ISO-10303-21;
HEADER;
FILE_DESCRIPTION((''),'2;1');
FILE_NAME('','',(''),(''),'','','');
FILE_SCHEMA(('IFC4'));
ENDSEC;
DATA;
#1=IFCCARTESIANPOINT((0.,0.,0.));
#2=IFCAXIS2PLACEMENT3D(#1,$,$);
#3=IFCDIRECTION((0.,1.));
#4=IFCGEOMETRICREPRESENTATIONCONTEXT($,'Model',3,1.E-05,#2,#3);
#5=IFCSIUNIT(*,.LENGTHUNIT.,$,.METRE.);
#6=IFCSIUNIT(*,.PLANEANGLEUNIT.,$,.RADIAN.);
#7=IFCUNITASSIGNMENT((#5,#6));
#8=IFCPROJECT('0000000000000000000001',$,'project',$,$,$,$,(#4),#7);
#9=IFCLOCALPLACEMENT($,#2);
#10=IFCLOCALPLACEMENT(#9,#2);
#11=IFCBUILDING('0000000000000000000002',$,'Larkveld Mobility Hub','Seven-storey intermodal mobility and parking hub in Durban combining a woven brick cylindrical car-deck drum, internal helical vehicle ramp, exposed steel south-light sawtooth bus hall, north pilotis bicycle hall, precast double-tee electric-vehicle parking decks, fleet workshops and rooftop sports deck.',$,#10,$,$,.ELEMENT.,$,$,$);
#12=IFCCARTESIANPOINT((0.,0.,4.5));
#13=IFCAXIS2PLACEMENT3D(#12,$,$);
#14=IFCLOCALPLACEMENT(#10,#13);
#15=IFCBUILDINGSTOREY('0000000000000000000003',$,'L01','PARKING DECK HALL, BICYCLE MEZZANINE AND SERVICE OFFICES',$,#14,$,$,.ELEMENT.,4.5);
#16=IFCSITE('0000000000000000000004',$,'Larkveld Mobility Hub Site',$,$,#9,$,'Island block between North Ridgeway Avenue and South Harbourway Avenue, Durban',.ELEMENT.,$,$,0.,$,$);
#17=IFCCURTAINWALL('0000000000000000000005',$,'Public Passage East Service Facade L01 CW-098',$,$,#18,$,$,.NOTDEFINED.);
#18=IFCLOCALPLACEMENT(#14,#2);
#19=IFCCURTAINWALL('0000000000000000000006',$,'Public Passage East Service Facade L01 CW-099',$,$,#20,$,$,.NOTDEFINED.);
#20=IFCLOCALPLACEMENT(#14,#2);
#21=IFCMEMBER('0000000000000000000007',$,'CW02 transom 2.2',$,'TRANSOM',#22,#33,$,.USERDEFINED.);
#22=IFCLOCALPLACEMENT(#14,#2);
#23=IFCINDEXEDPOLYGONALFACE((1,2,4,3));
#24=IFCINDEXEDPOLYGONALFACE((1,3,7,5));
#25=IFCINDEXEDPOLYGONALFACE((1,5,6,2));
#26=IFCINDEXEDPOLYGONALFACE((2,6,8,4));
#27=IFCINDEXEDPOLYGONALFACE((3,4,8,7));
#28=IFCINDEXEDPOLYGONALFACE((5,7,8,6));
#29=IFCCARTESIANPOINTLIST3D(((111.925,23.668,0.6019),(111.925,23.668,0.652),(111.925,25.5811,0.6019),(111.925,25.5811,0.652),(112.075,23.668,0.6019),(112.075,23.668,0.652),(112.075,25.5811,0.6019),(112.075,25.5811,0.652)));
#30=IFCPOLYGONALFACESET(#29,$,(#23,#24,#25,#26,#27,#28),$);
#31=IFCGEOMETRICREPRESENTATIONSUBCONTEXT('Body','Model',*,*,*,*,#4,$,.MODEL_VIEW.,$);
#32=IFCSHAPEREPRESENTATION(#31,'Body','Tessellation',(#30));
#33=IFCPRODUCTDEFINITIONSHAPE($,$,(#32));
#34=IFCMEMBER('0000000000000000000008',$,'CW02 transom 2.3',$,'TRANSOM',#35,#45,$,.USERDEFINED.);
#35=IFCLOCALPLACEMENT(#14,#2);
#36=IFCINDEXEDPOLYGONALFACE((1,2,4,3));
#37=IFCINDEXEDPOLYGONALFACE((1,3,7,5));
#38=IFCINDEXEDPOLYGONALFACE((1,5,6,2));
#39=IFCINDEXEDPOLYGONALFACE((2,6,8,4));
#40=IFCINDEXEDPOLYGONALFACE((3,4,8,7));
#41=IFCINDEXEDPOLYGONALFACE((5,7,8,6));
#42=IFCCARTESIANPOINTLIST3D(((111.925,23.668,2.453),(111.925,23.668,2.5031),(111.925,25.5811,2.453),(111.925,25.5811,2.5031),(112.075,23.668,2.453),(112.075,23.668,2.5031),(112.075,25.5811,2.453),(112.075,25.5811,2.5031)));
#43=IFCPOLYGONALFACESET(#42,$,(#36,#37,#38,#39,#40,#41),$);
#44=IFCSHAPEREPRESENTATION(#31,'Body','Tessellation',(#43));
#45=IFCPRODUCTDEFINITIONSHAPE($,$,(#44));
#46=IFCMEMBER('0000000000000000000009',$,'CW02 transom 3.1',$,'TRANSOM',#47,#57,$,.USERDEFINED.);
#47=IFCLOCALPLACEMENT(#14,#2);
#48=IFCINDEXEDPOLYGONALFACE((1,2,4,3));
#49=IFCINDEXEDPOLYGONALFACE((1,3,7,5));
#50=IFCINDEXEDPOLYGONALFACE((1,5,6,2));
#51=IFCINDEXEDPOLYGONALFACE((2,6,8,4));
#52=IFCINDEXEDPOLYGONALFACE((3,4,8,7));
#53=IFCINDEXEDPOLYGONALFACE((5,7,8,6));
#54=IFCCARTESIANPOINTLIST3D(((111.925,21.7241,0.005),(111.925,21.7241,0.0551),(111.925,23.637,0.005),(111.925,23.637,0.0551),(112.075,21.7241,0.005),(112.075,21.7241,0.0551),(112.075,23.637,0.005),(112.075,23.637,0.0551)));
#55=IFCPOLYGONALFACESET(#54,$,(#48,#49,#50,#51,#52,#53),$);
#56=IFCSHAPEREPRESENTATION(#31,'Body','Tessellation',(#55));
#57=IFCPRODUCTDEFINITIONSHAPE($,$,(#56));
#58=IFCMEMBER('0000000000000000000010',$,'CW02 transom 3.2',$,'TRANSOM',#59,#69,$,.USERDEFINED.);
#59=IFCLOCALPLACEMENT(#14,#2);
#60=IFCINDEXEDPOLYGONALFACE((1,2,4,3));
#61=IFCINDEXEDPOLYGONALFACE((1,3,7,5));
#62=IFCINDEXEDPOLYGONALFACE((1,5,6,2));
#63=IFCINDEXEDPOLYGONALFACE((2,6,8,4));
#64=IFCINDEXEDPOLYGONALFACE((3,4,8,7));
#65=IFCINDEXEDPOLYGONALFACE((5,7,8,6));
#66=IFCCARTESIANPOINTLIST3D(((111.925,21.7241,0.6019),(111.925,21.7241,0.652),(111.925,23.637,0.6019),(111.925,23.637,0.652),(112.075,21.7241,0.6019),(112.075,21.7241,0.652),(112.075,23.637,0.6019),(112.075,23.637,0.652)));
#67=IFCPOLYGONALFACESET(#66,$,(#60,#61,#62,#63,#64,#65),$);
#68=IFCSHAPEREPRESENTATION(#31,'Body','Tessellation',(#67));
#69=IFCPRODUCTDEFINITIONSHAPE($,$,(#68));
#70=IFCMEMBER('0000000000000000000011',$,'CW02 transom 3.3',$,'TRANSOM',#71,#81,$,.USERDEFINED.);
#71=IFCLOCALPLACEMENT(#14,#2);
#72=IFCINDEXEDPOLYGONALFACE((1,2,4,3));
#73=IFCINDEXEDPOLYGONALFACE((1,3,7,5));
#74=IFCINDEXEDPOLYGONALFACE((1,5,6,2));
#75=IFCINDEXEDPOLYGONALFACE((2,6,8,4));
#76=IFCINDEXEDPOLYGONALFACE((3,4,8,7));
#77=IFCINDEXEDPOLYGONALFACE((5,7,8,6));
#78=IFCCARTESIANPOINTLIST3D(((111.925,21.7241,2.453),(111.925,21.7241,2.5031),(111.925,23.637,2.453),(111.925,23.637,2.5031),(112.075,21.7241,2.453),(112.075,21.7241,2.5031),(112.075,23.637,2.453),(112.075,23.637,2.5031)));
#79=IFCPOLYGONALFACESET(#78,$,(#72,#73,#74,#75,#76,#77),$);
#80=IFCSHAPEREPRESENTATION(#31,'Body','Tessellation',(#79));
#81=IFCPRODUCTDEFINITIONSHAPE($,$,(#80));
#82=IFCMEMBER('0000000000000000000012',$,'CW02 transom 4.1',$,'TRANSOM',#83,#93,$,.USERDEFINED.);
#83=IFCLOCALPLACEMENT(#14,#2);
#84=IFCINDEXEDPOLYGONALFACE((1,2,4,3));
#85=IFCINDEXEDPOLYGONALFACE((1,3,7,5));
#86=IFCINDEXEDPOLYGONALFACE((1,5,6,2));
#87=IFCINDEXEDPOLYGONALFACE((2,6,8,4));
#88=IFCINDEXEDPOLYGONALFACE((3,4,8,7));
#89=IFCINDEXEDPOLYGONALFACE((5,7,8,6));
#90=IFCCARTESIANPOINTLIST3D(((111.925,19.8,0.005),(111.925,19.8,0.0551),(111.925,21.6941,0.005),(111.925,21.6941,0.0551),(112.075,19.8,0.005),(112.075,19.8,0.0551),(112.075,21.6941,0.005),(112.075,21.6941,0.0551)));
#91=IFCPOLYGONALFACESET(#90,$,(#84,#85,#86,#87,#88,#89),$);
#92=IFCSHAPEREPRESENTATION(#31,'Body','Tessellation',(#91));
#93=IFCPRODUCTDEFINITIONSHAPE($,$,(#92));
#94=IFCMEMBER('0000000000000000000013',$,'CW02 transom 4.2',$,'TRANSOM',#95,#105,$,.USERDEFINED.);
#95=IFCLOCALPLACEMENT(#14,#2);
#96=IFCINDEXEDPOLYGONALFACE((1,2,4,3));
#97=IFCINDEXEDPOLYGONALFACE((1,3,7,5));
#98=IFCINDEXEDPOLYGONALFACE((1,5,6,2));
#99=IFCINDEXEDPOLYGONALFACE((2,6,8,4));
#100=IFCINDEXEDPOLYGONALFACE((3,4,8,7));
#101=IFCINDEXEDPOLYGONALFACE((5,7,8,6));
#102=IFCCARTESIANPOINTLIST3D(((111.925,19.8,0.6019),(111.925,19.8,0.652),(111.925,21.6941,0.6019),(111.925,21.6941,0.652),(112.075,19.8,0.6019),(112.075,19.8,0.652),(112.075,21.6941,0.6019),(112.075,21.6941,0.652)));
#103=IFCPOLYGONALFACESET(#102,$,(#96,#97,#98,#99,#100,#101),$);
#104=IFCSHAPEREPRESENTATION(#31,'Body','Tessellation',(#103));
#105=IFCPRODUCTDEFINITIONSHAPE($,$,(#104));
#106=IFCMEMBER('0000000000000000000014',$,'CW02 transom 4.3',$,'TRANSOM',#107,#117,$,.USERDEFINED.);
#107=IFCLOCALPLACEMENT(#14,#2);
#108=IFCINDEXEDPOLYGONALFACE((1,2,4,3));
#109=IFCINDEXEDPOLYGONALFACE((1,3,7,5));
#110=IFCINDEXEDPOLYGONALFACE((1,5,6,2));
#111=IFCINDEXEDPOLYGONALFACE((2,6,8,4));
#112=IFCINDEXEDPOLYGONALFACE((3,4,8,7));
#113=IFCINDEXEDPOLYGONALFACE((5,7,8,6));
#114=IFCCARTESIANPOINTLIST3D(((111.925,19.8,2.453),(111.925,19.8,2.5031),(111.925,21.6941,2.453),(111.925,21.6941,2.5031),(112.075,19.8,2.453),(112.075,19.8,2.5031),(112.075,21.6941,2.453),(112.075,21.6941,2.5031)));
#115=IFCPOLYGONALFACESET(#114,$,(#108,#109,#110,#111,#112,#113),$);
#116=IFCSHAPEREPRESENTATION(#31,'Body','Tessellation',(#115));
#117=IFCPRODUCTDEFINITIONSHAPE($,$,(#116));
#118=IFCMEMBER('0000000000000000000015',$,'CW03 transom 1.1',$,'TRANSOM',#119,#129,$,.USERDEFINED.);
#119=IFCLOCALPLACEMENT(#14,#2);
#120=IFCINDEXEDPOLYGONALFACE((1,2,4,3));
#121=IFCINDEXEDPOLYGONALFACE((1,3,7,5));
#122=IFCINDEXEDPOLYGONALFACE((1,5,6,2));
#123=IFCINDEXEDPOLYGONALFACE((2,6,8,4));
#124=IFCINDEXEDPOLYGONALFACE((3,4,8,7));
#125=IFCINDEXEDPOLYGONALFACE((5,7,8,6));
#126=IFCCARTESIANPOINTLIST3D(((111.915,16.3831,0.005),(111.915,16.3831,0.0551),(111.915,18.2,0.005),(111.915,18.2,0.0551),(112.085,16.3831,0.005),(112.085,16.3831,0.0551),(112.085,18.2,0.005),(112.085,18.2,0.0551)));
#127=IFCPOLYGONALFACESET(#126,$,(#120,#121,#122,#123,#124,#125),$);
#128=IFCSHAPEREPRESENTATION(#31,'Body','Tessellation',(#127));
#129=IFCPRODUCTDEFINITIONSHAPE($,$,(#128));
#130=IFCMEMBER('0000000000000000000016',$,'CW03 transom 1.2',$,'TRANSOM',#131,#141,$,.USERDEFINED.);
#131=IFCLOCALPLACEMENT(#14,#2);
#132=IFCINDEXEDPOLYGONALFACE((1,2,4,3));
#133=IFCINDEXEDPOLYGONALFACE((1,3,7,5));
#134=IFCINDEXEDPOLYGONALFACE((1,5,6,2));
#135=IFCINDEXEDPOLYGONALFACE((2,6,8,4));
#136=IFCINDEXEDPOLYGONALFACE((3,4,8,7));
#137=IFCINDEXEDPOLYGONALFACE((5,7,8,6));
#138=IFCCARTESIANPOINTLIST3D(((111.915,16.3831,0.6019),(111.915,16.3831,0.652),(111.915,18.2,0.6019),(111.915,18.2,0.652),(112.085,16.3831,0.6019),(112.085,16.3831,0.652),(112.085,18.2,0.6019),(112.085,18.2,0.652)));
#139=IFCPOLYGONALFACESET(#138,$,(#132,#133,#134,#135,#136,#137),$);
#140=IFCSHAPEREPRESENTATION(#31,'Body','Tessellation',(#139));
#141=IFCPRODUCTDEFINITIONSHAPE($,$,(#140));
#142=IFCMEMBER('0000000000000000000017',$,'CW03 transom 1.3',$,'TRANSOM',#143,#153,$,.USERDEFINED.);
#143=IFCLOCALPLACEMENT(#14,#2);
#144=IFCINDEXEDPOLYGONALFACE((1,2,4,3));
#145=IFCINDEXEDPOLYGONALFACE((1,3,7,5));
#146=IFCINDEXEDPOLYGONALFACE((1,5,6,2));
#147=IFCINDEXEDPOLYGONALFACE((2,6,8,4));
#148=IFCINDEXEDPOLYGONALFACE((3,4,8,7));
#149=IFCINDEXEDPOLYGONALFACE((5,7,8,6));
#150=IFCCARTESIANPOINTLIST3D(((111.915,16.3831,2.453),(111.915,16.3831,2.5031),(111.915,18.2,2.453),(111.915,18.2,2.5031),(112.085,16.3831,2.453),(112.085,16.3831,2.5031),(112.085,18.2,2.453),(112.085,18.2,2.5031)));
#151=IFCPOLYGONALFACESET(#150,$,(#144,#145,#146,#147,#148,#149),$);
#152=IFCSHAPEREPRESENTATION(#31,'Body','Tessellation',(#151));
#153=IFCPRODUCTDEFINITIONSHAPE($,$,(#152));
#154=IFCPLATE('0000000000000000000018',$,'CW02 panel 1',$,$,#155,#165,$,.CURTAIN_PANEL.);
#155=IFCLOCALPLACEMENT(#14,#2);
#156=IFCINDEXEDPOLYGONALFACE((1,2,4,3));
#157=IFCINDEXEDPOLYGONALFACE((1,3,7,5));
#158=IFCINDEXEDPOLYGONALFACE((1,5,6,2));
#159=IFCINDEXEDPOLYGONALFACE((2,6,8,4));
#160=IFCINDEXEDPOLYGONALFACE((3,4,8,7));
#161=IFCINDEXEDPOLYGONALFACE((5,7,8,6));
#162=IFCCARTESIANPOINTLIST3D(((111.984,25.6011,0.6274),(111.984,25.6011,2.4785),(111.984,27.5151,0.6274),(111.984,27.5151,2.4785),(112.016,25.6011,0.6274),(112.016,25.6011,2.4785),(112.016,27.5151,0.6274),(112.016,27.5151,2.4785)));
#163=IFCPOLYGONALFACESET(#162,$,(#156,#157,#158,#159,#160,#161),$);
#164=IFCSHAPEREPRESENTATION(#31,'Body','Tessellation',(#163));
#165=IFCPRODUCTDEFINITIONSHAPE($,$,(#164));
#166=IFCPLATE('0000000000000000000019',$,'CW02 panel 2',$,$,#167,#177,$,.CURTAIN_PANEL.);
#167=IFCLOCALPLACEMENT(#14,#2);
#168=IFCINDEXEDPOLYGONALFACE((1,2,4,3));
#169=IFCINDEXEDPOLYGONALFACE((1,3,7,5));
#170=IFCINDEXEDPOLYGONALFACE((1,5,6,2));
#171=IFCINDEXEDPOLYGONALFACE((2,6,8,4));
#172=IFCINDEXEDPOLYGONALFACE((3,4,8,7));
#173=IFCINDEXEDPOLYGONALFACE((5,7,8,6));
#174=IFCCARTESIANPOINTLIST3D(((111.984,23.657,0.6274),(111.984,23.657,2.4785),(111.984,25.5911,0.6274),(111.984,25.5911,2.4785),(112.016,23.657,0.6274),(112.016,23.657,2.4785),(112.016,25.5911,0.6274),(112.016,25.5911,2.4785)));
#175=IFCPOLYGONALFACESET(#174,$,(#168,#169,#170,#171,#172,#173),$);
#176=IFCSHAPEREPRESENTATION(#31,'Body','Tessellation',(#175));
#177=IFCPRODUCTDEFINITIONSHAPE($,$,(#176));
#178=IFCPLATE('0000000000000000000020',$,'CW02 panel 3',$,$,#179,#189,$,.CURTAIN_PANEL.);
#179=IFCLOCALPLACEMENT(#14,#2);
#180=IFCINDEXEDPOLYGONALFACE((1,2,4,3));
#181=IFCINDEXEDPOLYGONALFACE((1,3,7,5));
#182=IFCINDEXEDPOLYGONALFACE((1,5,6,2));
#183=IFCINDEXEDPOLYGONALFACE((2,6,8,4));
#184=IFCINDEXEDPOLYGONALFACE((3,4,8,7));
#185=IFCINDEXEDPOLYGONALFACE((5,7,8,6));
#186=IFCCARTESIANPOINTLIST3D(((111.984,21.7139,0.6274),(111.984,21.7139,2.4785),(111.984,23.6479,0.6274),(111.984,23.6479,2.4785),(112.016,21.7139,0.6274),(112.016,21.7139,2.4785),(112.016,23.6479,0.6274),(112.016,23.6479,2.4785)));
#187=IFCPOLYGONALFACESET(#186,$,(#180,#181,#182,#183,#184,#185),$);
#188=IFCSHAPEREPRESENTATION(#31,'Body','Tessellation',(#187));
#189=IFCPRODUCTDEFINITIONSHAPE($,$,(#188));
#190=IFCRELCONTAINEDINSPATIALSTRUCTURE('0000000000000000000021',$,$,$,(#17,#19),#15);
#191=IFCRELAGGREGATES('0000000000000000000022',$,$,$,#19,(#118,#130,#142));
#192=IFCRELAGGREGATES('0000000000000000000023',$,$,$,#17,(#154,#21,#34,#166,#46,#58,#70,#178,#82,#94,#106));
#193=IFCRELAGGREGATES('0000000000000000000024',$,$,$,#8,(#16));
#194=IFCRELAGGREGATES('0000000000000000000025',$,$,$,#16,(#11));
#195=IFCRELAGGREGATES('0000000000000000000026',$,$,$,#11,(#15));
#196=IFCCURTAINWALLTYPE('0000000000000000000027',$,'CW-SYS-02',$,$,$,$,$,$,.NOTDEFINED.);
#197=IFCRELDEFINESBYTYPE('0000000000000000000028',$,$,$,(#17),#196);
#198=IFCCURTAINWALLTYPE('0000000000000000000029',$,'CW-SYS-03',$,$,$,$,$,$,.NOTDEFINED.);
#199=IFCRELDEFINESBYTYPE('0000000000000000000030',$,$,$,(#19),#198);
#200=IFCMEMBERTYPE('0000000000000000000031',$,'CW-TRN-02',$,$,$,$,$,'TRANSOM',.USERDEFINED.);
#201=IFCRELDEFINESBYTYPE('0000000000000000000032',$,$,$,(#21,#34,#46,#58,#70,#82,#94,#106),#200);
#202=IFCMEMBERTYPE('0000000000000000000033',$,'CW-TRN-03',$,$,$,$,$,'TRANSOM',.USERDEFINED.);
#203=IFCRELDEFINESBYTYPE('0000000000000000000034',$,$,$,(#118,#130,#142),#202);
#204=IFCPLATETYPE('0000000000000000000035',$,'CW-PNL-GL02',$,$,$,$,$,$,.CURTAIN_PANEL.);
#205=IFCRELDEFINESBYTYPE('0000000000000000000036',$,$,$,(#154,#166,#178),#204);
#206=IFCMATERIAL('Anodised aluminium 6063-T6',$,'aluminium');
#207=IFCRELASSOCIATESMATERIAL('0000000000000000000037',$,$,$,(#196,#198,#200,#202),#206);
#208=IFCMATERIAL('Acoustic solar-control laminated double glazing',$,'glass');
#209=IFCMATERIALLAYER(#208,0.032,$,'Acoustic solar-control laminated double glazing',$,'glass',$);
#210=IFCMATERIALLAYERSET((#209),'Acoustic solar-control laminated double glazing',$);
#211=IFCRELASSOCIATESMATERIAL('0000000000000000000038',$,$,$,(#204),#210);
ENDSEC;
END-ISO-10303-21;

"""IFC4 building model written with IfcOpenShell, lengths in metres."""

from ifc_helpers import new_model, si_unit, direction, frame, origin, origin_2d, place, context, subcontext, project, spatial, rectangle, extrude, material, layer, layer_set, material_profile, profile_set, type_object, element, aggregate, save


model = new_model("IFC4")

# Units and contexts
model_context = context("Model", 3, precision=1e-05, world=origin(), true_north=direction((0.0, 1.0)))
body_context = subcontext(model_context, "Body", "Model", "MODEL_VIEW")
ifc_project = project(units=[si_unit("LENGTHUNIT", "METRE"), si_unit("PLANEANGLEUNIT", "RADIAN")], contexts=[model_context])

# Site, building, storey
site_placement = place(None, origin())
site = spatial("IfcSite", under=ifc_project, at=site_placement, Name="Larkveld Mobility Hub Site", LongName="Island block between North Ridgeway Avenue and South Harbourway Avenue, Durban", CompositionType="ELEMENT", RefElevation=0.0)
building_placement = place(site_placement, origin())
building = spatial("IfcBuilding", under=site, at=building_placement, Name="Larkveld Mobility Hub", Description="Seven-storey intermodal mobility and parking hub in Durban combining a woven brick cylindrical car-deck drum, internal helical vehicle ramp, exposed steel south-light sawtooth bus hall, north pilotis bicycle hall, precast double-tee electric-vehicle parking decks, fleet workshops and rooftop sports deck.", CompositionType="ELEMENT")
storey_placement = place(building_placement, frame((0.0, 0.0, 4.5)))
storey = spatial("IfcBuildingStorey", under=building, at=storey_placement, Name="L01", Description="PARKING DECK HALL, BICYCLE MEZZANINE AND SERVICE OFFICES", CompositionType="ELEMENT", Elevation=4.5)

# Curtain walls
ifc_material_1 = material(Name="Anodised aluminium 6063-T6", Category="aluminium")
curtain_wall_type_1 = type_object("IfcCurtainWallType", Name="CW-SYS-02", PredefinedType="NOTDEFINED", material=ifc_material_1)
curtain_wall_1_placement = place(storey_placement, origin())
curtain_wall_1 = element("IfcCurtainWall", 1, at=curtain_wall_1_placement, inside=storey, type_object=curtain_wall_type_1, Name="Public Passage East Service Facade L01 CW-098", PredefinedType="NOTDEFINED")
curtain_wall_type_2 = type_object("IfcCurtainWallType", Name="CW-SYS-03", PredefinedType="NOTDEFINED", material=ifc_material_1)
curtain_wall_2_placement = place(storey_placement, origin())
curtain_wall_2 = element("IfcCurtainWall", 2, at=curtain_wall_2_placement, inside=storey, type_object=curtain_wall_type_2, Name="Public Passage East Service Facade L01 CW-099", PredefinedType="NOTDEFINED")

# Members
ifc_material_profile_1 = material_profile(ifc_material_1, rectangle(XDim=0.1499, YDim=0.05, at=origin_2d()), Name="ALU TRAN 50x150")
ifc_profile_set_1 = profile_set([ifc_material_profile_1], Name="Anodised aluminium 6063-T6")
member_type_1 = type_object("IfcMemberType", Name="CW-TRN-02", ElementType="TRANSOM", PredefinedType="USERDEFINED", material=ifc_profile_set_1)
member_1_placement = place(storey_placement, frame((112.0, 25.5811, 0.627), z_axis=(0.0, -1.0, 0.0), x_axis=(1.0, 0.0, 0.0)))
member_1 = element("IfcMember", 3, at=member_1_placement, type_object=member_type_1, Name="CW02 transom 2.2", ObjectType="TRANSOM", PredefinedType="USERDEFINED", context=body_context, shape_type="SweptSolid", body=[
    extrude(rectangle(XDim=0.1499, YDim=0.05, at=origin_2d()), origin(), (0.0, 0.0, 1.0), 1.9131),
])
member_2_placement = place(storey_placement, frame((112.0, 25.5811, 2.478), z_axis=(0.0, -1.0, 0.0), x_axis=(1.0, 0.0, 0.0)))
member_2 = element("IfcMember", 4, at=member_2_placement, type_object=member_type_1, Name="CW02 transom 2.3", ObjectType="TRANSOM", PredefinedType="USERDEFINED", context=body_context, shape_type="SweptSolid", body=[
    extrude(rectangle(XDim=0.1499, YDim=0.05, at=origin_2d()), origin(), (0.0, 0.0, 1.0), 1.9131),
])
member_3_placement = place(storey_placement, frame((112.0, 23.637, 0.03), z_axis=(0.0, -1.0, 0.0), x_axis=(1.0, 0.0, 0.0)))
member_3 = element("IfcMember", 5, at=member_3_placement, type_object=member_type_1, Name="CW02 transom 3.1", ObjectType="TRANSOM", PredefinedType="USERDEFINED", context=body_context, shape_type="SweptSolid", body=[
    extrude(rectangle(XDim=0.1499, YDim=0.05, at=origin_2d()), origin(), (0.0, 0.0, 1.0), 1.9128),
])
member_4_placement = place(storey_placement, frame((112.0, 23.637, 0.627), z_axis=(0.0, -1.0, 0.0), x_axis=(1.0, 0.0, 0.0)))
member_4 = element("IfcMember", 6, at=member_4_placement, type_object=member_type_1, Name="CW02 transom 3.2", ObjectType="TRANSOM", PredefinedType="USERDEFINED", context=body_context, shape_type="SweptSolid", body=[
    extrude(rectangle(XDim=0.1499, YDim=0.05, at=origin_2d()), origin(), (0.0, 0.0, 1.0), 1.9128),
])
member_5_placement = place(storey_placement, frame((112.0, 23.637, 2.478), z_axis=(0.0, -1.0, 0.0), x_axis=(1.0, 0.0, 0.0)))
member_5 = element("IfcMember", 7, at=member_5_placement, type_object=member_type_1, Name="CW02 transom 3.3", ObjectType="TRANSOM", PredefinedType="USERDEFINED", context=body_context, shape_type="SweptSolid", body=[
    extrude(rectangle(XDim=0.1499, YDim=0.05, at=origin_2d()), origin(), (0.0, 0.0, 1.0), 1.9128),
])
member_6_placement = place(storey_placement, frame((112.0, 21.6941, 0.03), z_axis=(0.0, -1.0, 0.0), x_axis=(1.0, 0.0, 0.0)))
member_6 = element("IfcMember", 8, at=member_6_placement, type_object=member_type_1, Name="CW02 transom 4.1", ObjectType="TRANSOM", PredefinedType="USERDEFINED", context=body_context, shape_type="SweptSolid", body=[
    extrude(rectangle(XDim=0.1499, YDim=0.05, at=origin_2d()), origin(), (0.0, 0.0, 1.0), 1.894),
])
member_7_placement = place(storey_placement, frame((112.0, 21.6941, 0.627), z_axis=(0.0, -1.0, 0.0), x_axis=(1.0, 0.0, 0.0)))
member_7 = element("IfcMember", 9, at=member_7_placement, type_object=member_type_1, Name="CW02 transom 4.2", ObjectType="TRANSOM", PredefinedType="USERDEFINED", context=body_context, shape_type="SweptSolid", body=[
    extrude(rectangle(XDim=0.1499, YDim=0.05, at=origin_2d()), origin(), (0.0, 0.0, 1.0), 1.894),
])
member_8_placement = place(storey_placement, frame((112.0, 21.6941, 2.478), z_axis=(0.0, -1.0, 0.0), x_axis=(1.0, 0.0, 0.0)))
member_8 = element("IfcMember", 10, at=member_8_placement, type_object=member_type_1, Name="CW02 transom 4.3", ObjectType="TRANSOM", PredefinedType="USERDEFINED", context=body_context, shape_type="SweptSolid", body=[
    extrude(rectangle(XDim=0.1499, YDim=0.05, at=origin_2d()), origin(), (0.0, 0.0, 1.0), 1.894),
])
ifc_material_profile_2 = material_profile(ifc_material_1, rectangle(XDim=0.1699, YDim=0.05, at=origin_2d()), Name="ALU TRAN 50x170")
ifc_profile_set_2 = profile_set([ifc_material_profile_2], Name="Anodised aluminium 6063-T6")
member_type_2 = type_object("IfcMemberType", Name="CW-TRN-03", ElementType="TRANSOM", PredefinedType="USERDEFINED", material=ifc_profile_set_2)
member_9_placement = place(storey_placement, frame((112.0, 18.2, 0.03), z_axis=(0.0, -1.0, 0.0), x_axis=(1.0, 0.0, 0.0)))
member_9 = element("IfcMember", 11, at=member_9_placement, type_object=member_type_2, Name="CW03 transom 1.1", ObjectType="TRANSOM", PredefinedType="USERDEFINED", context=body_context, shape_type="SweptSolid", body=[
    extrude(rectangle(XDim=0.1699, YDim=0.05, at=origin_2d()), origin(), (0.0, 0.0, 1.0), 1.8169),
])
member_10_placement = place(storey_placement, frame((112.0, 18.2, 0.627), z_axis=(0.0, -1.0, 0.0), x_axis=(1.0, 0.0, 0.0)))
member_10 = element("IfcMember", 12, at=member_10_placement, type_object=member_type_2, Name="CW03 transom 1.2", ObjectType="TRANSOM", PredefinedType="USERDEFINED", context=body_context, shape_type="SweptSolid", body=[
    extrude(rectangle(XDim=0.1699, YDim=0.05, at=origin_2d()), origin(), (0.0, 0.0, 1.0), 1.8169),
])
member_11_placement = place(storey_placement, frame((112.0, 18.2, 2.478), z_axis=(0.0, -1.0, 0.0), x_axis=(1.0, 0.0, 0.0)))
member_11 = element("IfcMember", 13, at=member_11_placement, type_object=member_type_2, Name="CW03 transom 1.3", ObjectType="TRANSOM", PredefinedType="USERDEFINED", context=body_context, shape_type="SweptSolid", body=[
    extrude(rectangle(XDim=0.1699, YDim=0.05, at=origin_2d()), origin(), (0.0, 0.0, 1.0), 1.8169),
])

# Plates
ifc_material_2 = material(Name="Acoustic solar-control laminated double glazing", Category="glass")
ifc_layer_1 = layer(ifc_material_2, 0.032, Name="Acoustic solar-control laminated double glazing", Category="glass")
ifc_layer_set_1 = layer_set([ifc_layer_1], Name="Acoustic solar-control laminated double glazing")
plate_type_1 = type_object("IfcPlateType", Name="CW-PNL-GL02", PredefinedType="CURTAIN_PANEL", material=ifc_layer_set_1)
plate_1_placement = place(storey_placement, frame((112.0, 26.5581, 0.6274), z_axis=(0.0, 0.0, 1.0), x_axis=(0.0, -1.0, 0.0)))
plate_1 = element("IfcPlate", 14, at=plate_1_placement, type_object=plate_type_1, Name="CW02 panel 1", PredefinedType="CURTAIN_PANEL", context=body_context, shape_type="SweptSolid", body=[
    extrude(rectangle(XDim=1.9141, YDim=0.032, at=origin_2d()), origin(), (0.0, 0.0, 1.0), 1.8511),
])
plate_2_placement = place(storey_placement, frame((112.0, 24.624, 0.6274), z_axis=(0.0, 0.0, 1.0), x_axis=(0.0, -1.0, 0.0)))
plate_2 = element("IfcPlate", 15, at=plate_2_placement, type_object=plate_type_1, Name="CW02 panel 2", PredefinedType="CURTAIN_PANEL", context=body_context, shape_type="SweptSolid", body=[
    extrude(rectangle(XDim=1.9341, YDim=0.032, at=origin_2d()), origin(), (0.0, 0.0, 1.0), 1.8511),
])
plate_3_placement = place(storey_placement, frame((112.0, 22.6809, 0.6274), z_axis=(0.0, 0.0, 1.0), x_axis=(0.0, -1.0, 0.0)))
plate_3 = element("IfcPlate", 16, at=plate_3_placement, type_object=plate_type_1, Name="CW02 panel 3", PredefinedType="CURTAIN_PANEL", context=body_context, shape_type="SweptSolid", body=[
    extrude(rectangle(XDim=1.9341, YDim=0.032, at=origin_2d()), origin(), (0.0, 0.0, 1.0), 1.8511),
])
aggregate(curtain_wall_2, [member_9, member_10, member_11])
aggregate(curtain_wall_1, [plate_1, member_1, member_2, plate_2, member_3, member_4, member_5, plate_3, member_6, member_7, member_8])

save(model, "model.ifc")
